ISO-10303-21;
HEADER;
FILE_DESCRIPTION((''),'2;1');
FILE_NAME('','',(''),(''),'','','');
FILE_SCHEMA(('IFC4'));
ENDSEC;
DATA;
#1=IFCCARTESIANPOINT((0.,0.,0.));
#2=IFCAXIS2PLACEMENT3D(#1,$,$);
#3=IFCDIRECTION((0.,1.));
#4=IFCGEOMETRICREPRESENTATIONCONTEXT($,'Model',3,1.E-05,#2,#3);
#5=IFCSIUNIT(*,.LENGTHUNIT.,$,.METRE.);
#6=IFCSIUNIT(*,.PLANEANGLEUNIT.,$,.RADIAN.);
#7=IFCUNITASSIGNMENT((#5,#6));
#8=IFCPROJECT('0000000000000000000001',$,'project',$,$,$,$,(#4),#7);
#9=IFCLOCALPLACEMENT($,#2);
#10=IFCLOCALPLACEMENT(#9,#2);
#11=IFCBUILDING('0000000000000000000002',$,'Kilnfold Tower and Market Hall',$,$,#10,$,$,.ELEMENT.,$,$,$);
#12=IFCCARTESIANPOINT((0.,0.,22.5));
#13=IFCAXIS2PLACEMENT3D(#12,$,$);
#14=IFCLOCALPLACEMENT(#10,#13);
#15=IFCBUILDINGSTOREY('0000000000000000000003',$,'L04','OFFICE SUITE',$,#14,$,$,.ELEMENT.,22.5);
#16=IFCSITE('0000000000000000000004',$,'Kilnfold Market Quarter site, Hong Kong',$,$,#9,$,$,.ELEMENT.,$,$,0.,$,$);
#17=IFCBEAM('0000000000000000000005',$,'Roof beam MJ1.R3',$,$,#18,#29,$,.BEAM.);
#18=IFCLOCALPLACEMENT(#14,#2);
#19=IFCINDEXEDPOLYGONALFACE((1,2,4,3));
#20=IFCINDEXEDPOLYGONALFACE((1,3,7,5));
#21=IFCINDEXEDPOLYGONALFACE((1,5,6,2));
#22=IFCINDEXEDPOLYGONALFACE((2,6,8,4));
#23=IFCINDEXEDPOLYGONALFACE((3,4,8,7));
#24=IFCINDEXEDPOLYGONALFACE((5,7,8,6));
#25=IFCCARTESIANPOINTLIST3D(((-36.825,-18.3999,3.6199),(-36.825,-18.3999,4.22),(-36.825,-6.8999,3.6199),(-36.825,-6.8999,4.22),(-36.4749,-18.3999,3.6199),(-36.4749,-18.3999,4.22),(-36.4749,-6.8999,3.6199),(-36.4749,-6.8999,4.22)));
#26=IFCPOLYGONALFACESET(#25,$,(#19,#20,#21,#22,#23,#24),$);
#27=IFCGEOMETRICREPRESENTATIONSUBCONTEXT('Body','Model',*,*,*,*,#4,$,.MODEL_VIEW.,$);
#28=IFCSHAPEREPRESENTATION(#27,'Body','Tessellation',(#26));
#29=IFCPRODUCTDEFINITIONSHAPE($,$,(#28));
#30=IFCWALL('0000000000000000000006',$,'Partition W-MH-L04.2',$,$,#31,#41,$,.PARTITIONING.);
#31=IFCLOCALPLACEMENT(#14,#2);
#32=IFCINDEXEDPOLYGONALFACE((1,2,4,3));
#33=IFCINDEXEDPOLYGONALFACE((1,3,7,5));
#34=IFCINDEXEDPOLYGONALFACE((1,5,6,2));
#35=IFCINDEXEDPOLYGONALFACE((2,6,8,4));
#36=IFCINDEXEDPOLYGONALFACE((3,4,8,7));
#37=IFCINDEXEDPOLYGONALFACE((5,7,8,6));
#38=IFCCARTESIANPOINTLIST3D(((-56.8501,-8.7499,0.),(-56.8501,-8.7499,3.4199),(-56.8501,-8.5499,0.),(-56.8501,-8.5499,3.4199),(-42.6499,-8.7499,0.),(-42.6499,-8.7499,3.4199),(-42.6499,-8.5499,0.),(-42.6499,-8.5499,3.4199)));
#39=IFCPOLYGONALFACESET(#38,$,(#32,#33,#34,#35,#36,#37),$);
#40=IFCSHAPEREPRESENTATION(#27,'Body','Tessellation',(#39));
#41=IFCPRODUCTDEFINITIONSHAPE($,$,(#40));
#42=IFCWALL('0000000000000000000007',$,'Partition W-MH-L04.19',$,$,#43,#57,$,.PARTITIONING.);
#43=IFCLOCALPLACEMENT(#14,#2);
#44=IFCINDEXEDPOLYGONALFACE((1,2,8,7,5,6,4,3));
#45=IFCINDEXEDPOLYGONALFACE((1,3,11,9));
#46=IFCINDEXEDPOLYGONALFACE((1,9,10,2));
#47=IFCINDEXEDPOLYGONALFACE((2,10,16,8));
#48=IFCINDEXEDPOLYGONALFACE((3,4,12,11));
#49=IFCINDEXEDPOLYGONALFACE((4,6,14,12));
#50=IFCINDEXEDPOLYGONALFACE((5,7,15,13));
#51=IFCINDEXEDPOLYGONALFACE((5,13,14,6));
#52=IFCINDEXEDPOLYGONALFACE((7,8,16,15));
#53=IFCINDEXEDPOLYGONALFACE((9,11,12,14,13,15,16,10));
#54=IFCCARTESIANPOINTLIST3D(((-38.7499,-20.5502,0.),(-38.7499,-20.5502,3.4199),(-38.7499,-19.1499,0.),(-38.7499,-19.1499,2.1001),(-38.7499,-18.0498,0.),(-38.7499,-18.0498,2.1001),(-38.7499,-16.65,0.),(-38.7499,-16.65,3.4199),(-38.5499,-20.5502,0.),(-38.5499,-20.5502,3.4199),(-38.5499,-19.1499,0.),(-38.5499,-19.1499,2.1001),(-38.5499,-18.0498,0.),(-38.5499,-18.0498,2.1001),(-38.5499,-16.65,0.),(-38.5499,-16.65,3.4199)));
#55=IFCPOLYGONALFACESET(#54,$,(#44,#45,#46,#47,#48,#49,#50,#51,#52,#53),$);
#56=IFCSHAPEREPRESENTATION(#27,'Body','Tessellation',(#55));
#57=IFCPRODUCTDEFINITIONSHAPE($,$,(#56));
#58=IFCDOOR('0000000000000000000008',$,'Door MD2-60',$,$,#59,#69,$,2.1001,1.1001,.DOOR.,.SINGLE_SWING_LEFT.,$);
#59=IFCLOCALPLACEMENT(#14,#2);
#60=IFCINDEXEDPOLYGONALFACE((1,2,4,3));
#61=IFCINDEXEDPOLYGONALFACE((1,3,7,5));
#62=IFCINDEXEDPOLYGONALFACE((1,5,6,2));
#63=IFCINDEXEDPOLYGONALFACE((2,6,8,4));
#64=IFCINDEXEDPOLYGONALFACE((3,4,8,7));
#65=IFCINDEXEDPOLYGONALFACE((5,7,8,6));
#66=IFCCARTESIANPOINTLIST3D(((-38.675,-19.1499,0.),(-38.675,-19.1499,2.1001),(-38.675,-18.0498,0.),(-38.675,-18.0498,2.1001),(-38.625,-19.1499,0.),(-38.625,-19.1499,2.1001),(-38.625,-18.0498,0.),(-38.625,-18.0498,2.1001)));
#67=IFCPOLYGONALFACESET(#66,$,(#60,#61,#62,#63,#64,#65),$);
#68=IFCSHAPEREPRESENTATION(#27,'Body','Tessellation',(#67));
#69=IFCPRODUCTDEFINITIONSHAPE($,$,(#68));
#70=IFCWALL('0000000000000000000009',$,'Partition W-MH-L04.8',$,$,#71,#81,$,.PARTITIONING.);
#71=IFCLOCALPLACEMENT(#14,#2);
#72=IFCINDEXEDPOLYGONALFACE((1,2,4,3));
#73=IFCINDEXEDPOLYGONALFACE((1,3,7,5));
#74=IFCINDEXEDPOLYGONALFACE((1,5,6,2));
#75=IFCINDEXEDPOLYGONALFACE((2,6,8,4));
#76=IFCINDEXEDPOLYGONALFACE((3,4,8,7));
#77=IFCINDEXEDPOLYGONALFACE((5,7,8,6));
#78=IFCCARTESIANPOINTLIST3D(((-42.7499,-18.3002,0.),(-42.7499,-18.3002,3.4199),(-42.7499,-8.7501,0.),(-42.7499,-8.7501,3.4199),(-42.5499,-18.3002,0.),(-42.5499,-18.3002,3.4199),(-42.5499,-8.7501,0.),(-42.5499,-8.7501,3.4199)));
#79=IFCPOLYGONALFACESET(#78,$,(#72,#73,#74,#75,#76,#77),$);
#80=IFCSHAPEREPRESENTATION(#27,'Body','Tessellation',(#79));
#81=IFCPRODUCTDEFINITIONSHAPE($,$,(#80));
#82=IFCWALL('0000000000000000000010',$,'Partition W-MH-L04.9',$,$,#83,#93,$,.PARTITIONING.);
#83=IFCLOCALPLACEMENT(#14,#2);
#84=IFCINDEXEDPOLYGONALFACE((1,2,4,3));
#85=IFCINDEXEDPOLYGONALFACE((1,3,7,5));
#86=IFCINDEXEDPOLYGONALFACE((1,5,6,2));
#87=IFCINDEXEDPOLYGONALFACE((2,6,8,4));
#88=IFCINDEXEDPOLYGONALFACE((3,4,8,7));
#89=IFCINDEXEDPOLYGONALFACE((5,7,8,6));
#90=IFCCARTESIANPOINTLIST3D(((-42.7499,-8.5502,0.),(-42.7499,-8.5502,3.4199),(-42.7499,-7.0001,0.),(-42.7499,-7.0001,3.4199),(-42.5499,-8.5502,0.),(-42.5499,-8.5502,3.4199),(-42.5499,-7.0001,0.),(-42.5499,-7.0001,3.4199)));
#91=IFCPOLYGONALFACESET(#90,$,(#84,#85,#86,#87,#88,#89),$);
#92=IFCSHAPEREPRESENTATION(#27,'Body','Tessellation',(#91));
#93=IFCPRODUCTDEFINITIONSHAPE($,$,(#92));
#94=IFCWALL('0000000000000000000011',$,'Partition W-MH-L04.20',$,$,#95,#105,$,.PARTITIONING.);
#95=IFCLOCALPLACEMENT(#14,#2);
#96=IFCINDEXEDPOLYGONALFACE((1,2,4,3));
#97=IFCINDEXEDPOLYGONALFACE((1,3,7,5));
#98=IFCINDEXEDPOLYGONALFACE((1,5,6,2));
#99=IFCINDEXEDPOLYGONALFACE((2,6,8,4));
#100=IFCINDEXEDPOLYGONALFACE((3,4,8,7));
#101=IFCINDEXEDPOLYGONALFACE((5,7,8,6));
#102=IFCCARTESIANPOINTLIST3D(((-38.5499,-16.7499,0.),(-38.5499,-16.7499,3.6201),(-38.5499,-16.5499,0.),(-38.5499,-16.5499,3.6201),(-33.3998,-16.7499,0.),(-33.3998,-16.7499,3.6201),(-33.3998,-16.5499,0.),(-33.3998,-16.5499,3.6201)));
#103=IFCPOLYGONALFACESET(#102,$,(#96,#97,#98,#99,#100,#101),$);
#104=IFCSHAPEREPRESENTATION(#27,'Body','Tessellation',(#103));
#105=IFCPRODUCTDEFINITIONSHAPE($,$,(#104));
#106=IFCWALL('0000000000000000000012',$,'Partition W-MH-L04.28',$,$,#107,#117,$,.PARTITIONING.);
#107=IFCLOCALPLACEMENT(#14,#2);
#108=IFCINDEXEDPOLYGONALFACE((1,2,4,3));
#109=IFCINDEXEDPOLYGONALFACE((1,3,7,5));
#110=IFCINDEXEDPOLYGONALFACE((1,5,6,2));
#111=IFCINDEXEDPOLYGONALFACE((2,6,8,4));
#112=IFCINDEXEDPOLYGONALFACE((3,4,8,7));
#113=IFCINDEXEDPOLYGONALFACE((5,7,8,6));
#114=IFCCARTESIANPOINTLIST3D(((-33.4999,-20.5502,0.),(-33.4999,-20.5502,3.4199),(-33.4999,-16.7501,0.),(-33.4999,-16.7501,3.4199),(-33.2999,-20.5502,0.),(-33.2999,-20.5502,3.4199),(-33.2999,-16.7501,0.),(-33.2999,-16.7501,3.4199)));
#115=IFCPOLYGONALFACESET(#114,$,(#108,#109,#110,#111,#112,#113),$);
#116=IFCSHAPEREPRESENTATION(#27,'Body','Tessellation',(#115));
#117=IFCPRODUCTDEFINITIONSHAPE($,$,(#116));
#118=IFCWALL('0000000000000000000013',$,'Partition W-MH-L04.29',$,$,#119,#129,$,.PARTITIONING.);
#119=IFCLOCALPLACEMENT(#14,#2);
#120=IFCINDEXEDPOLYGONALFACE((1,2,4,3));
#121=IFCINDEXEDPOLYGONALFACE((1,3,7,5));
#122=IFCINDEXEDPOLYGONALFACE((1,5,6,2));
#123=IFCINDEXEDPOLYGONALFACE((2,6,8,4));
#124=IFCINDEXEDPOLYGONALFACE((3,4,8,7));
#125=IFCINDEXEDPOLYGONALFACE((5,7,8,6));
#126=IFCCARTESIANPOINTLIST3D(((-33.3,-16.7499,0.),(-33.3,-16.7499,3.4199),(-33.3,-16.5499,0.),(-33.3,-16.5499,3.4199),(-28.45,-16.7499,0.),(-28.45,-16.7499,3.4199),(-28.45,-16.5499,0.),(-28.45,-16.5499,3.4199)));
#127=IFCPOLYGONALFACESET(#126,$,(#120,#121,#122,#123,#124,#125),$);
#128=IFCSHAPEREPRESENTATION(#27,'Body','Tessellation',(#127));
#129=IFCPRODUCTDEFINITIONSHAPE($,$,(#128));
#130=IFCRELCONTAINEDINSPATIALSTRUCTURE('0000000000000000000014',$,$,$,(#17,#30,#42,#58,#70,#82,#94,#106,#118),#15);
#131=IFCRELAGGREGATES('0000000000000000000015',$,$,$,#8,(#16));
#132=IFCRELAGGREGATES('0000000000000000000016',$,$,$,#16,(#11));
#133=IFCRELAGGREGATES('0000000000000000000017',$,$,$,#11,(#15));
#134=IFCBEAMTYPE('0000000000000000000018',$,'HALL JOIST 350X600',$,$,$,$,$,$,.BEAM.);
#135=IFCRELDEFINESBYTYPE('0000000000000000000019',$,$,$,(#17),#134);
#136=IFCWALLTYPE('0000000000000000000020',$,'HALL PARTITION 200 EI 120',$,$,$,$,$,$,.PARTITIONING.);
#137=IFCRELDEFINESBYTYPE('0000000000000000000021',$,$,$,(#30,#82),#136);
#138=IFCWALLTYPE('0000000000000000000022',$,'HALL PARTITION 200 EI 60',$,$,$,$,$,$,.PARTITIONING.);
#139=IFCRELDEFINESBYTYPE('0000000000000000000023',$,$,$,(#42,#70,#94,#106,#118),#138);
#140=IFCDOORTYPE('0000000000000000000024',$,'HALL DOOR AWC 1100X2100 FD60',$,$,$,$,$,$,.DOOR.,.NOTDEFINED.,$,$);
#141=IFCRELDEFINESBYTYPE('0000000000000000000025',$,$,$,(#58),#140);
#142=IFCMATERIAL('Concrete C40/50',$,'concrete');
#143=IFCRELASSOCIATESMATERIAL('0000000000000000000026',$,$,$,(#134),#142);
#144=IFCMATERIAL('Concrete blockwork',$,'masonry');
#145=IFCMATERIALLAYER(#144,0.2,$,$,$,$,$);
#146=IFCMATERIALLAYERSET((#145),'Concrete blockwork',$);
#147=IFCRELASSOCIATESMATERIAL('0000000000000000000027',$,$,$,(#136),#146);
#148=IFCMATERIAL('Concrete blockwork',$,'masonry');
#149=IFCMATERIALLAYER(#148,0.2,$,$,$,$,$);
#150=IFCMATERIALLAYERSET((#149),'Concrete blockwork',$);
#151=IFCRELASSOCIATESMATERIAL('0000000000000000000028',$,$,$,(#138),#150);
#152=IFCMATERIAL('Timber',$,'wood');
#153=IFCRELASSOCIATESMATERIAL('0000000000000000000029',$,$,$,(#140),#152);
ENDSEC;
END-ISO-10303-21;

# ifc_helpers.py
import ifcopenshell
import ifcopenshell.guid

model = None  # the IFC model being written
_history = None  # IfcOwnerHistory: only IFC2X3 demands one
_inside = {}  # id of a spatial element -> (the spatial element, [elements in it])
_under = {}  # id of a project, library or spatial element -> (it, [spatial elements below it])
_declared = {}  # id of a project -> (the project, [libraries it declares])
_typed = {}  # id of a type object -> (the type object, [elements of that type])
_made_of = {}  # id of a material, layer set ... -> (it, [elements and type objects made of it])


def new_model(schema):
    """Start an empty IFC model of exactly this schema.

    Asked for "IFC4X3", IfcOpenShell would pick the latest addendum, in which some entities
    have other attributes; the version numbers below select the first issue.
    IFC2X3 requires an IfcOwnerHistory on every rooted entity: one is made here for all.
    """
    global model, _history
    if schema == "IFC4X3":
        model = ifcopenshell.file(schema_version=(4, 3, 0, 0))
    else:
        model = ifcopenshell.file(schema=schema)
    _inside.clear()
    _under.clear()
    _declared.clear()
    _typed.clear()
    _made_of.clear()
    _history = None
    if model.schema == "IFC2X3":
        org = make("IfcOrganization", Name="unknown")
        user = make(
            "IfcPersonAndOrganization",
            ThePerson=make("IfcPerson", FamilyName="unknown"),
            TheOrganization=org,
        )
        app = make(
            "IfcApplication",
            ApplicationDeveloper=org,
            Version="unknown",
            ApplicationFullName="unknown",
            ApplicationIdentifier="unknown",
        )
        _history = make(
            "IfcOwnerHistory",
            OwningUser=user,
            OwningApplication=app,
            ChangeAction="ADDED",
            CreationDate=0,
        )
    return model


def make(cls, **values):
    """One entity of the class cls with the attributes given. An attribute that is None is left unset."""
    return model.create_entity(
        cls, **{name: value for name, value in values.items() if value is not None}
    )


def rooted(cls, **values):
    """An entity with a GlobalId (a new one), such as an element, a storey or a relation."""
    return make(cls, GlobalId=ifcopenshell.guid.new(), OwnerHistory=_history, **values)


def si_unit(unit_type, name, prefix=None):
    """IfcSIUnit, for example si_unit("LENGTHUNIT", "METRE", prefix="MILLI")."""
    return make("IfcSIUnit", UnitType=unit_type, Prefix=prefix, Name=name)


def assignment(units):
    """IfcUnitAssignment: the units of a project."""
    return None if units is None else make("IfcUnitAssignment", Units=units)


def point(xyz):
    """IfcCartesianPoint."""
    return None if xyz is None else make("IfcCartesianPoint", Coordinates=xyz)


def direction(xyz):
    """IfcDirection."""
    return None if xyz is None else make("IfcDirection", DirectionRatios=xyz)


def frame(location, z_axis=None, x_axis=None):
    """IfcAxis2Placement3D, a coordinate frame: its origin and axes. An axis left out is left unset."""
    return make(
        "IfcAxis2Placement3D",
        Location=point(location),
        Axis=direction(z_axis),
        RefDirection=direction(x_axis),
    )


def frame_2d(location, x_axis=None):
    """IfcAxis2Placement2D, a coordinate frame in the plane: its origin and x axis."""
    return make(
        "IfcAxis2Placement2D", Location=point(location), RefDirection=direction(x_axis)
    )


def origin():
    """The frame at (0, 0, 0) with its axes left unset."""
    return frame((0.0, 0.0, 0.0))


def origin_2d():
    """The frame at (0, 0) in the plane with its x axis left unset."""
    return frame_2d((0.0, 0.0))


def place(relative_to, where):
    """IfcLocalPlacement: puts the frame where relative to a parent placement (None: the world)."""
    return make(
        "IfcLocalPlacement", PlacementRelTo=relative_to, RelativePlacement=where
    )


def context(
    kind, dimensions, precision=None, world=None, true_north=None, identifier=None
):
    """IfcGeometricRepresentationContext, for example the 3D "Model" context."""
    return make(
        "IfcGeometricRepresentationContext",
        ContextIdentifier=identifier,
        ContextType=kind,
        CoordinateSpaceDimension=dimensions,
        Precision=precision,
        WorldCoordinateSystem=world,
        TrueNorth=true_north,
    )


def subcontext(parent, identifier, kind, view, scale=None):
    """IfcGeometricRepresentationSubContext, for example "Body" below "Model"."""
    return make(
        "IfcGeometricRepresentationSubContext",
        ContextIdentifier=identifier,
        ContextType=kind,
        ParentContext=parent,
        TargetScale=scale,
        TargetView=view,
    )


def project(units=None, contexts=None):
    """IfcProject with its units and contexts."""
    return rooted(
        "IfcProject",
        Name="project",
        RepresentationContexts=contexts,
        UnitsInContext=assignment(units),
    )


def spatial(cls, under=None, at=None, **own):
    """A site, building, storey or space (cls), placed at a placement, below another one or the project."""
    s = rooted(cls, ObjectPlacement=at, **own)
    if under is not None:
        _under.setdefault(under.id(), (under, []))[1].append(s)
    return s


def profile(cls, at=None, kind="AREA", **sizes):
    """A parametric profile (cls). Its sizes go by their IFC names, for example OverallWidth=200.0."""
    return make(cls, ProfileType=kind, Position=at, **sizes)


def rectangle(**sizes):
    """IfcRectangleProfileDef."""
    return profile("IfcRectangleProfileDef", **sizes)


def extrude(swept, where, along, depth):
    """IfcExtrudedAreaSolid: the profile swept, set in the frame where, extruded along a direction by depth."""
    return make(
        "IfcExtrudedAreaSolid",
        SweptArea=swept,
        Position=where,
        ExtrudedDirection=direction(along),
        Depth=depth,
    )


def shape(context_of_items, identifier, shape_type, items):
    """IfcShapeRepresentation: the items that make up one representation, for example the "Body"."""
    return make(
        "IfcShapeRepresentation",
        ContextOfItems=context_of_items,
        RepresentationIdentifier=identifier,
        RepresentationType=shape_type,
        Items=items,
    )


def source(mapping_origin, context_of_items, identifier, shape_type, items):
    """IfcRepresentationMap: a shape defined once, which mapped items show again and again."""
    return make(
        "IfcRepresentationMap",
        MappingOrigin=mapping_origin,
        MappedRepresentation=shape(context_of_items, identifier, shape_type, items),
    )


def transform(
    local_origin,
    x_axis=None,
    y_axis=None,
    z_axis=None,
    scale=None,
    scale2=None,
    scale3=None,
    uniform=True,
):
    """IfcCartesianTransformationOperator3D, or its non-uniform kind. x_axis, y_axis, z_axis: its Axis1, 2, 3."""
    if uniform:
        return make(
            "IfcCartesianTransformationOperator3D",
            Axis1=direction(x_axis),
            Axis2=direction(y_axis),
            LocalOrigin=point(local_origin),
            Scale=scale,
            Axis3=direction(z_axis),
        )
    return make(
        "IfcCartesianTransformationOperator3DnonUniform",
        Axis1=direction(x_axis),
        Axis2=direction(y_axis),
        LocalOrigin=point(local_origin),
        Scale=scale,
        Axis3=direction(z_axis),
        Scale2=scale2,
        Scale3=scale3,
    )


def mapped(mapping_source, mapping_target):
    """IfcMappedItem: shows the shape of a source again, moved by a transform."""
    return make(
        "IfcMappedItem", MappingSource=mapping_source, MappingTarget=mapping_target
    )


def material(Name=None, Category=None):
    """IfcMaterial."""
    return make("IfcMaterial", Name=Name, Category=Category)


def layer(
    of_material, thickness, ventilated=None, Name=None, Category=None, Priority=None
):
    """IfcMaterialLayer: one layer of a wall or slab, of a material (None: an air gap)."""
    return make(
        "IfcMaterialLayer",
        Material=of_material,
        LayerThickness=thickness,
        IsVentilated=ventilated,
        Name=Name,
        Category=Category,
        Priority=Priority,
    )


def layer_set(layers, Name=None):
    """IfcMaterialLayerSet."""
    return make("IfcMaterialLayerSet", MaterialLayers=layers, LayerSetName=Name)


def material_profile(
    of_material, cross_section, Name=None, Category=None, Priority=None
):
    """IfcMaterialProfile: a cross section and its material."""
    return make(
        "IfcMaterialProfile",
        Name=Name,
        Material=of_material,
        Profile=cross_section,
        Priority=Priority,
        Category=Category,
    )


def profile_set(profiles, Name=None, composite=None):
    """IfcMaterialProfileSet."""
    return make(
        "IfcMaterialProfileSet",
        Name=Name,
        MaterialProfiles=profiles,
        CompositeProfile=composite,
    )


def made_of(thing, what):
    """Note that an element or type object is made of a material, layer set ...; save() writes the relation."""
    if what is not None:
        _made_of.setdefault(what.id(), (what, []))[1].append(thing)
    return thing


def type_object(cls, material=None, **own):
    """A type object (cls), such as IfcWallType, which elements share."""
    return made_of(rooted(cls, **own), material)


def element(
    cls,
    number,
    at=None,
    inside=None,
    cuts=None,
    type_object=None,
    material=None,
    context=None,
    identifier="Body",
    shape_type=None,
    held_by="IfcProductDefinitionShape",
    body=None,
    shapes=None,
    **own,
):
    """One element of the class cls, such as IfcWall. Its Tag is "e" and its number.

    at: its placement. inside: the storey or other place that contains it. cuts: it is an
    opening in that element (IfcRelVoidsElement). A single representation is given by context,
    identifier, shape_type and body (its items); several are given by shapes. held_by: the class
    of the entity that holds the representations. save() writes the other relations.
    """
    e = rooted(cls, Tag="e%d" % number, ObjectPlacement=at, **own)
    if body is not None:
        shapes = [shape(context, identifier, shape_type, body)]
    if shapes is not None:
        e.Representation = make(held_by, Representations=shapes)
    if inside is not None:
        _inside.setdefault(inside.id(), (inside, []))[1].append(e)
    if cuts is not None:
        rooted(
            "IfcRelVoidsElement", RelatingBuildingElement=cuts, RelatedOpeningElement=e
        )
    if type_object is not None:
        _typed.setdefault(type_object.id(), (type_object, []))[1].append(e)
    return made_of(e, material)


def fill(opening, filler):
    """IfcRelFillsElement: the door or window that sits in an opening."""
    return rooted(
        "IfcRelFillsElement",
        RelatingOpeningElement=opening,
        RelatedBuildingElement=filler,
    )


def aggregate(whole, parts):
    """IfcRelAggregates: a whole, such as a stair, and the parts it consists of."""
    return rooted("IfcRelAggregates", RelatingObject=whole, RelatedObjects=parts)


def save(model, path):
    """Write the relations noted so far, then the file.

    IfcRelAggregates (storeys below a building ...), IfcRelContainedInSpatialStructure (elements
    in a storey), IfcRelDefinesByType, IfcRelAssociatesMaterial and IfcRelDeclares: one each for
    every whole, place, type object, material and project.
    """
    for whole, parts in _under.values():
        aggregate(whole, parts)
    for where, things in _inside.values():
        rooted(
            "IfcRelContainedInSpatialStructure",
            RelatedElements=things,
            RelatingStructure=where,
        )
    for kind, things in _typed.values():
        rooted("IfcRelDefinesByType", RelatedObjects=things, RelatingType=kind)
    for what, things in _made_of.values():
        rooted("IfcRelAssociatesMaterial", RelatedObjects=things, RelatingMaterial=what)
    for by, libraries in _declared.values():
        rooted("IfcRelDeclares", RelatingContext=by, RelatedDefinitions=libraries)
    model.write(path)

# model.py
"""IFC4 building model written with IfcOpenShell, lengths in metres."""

from ifc_helpers import new_model, si_unit, direction, frame, frame_2d, origin, origin_2d, place, context, subcontext, project, spatial, rectangle, extrude, source, transform, mapped, material, layer, layer_set, material_profile, profile_set, type_object, element, fill, save


model = new_model("IFC4")

# Units and contexts
model_context = context("Model", 3, precision=1e-05, world=origin(), true_north=direction((0.0, 1.0)))
body_context = subcontext(model_context, "Body", "Model", "MODEL_VIEW")
ifc_project = project(units=[si_unit("LENGTHUNIT", "METRE"), si_unit("PLANEANGLEUNIT", "RADIAN")], contexts=[model_context])

# Site, building, storey
site_placement = place(None, origin())
site = spatial("IfcSite", under=ifc_project, at=site_placement, Name="Kilnfold Market Quarter site, Hong Kong", CompositionType="ELEMENT", RefElevation=0.0)
building_placement = place(site_placement, origin())
building = spatial("IfcBuilding", under=site, at=building_placement, Name="Kilnfold Tower and Market Hall", CompositionType="ELEMENT")
storey_placement = place(building_placement, frame((0.0, 0.0, 22.5)))
storey = spatial("IfcBuildingStorey", under=building, at=storey_placement, Name="L04", Description="OFFICE SUITE", CompositionType="ELEMENT", Elevation=22.5)

# Beam
ifc_material_1 = material(Name="Concrete C40/50", Category="concrete")
ifc_material_profile_1 = material_profile(ifc_material_1, rectangle(XDim=0.3501, YDim=0.6001, at=origin_2d()), Name="RC 350x600")
ifc_profile_set_1 = profile_set([ifc_material_profile_1], Name="Concrete C40/50")
beam_type_1 = type_object("IfcBeamType", Name="HALL JOIST 350X600", PredefinedType="BEAM", material=ifc_profile_set_1)
for number, where, z_axis, x_axis, name in (
    (1, (-36.6499, -18.3999, 3.9199), (0.0, 1.0, 0.0), (-1.0, 0.0, 0.0), "Roof beam MJ1.R3"),
):
    element("IfcBeam", number, at=place(storey_placement, frame(where, z_axis=z_axis, x_axis=x_axis)), inside=storey, type_object=beam_type_1, Name=name, PredefinedType="BEAM", context=body_context, shape_type="SweptSolid", body=[
        extrude(rectangle(XDim=0.3501, YDim=0.6001, at=origin_2d()), origin(), (0.0, 0.0, 1.0), 11.5),
    ])

# Wall
ifc_material_2 = material(Name="Concrete blockwork", Category="masonry")
ifc_layer_1 = layer(ifc_material_2, 0.2)
ifc_layer_set_1 = layer_set([ifc_layer_1], Name="Concrete blockwork")
wall_type_1 = type_object("IfcWallType", Name="HALL PARTITION 200 EI 120", PredefinedType="PARTITIONING", material=ifc_layer_set_1)
shared_shape_1 = source(origin(), body_context, "Body", "SweptSolid", [
    extrude(rectangle(XDim=14.2002, YDim=0.2, at=frame_2d((7.1001, 0.0))), origin(), (0.0, 0.0, 1.0), 3.4199),
])
wall_1_placement = place(storey_placement, frame((-56.8501, -8.6499, 0.0), z_axis=(0.0, 0.0, 1.0), x_axis=(1.0, 0.0, 0.0)))
element("IfcWall", 2, at=wall_1_placement, inside=storey, type_object=wall_type_1, Name="Partition W-MH-L04.2", PredefinedType="PARTITIONING", context=body_context, shape_type="MappedRepresentation", body=[
    mapped(shared_shape_1, transform((0.0, 0.0, 0.0))),
])

# Wall, opening, door
ifc_material_3 = material(Name="Concrete blockwork", Category="masonry")
ifc_layer_2 = layer(ifc_material_3, 0.2)
ifc_layer_set_2 = layer_set([ifc_layer_2], Name="Concrete blockwork")
wall_type_2 = type_object("IfcWallType", Name="HALL PARTITION 200 EI 60", PredefinedType="PARTITIONING", material=ifc_layer_set_2)
shared_shape_2 = source(origin(), body_context, "Body", "SweptSolid", [
    extrude(rectangle(XDim=3.9001, YDim=0.2, at=frame_2d((1.9502, 0.0))), origin(), (0.0, 0.0, 1.0), 3.4199),
])
wall_2_placement = place(storey_placement, frame((-38.6499, -16.6499, 0.0), z_axis=(0.0, 0.0, 1.0), x_axis=(0.0, -1.0, 0.0)))
wall_2 = element("IfcWall", 3, at=wall_2_placement, inside=storey, type_object=wall_type_2, Name="Partition W-MH-L04.19", PredefinedType="PARTITIONING", context=body_context, shape_type="MappedRepresentation", body=[
    mapped(shared_shape_2, transform((0.0, 0.0, 0.0))),
])
opening_placement = place(wall_2_placement, frame((1.3999, 0.0, 0.0)))
opening = element("IfcOpeningElement", 4, at=opening_placement, cuts=wall_2, PredefinedType="OPENING", context=body_context, shape_type="SweptSolid", body=[
    extrude(rectangle(XDim=1.1001, YDim=2.1001, at=frame_2d((0.55, 1.05))), frame((0.0, 0.1099, 0.0), z_axis=(0.0, -1.0, 0.0), x_axis=(1.0, 0.0, 0.0)), (0.0, 0.0, 1.0), 0.22),
])
ifc_material_4 = material(Name="Timber", Category="wood")
door_type = type_object("IfcDoorType", Name="HALL DOOR AWC 1100X2100 FD60", OperationType="NOTDEFINED", PredefinedType="DOOR", material=ifc_material_4)
door_placement = place(opening_placement, origin())
door = element("IfcDoor", 5, at=door_placement, inside=storey, type_object=door_type, Name="Door MD2-60", OperationType="SINGLE_SWING_LEFT", OverallHeight=2.1001, OverallWidth=1.1001, PredefinedType="DOOR", context=body_context, shape_type="SweptSolid", body=[
    extrude(rectangle(XDim=1.1001, YDim=2.1001, at=frame_2d((0.55, 1.05))), frame((0.0, 0.0249, 0.0), z_axis=(0.0, -1.0, 0.0), x_axis=(1.0, 0.0, 0.0)), (0.0, 0.0, 1.0), 0.05),
])
fill(opening, door)

# Walls
shared_shape_3 = source(origin(), body_context, "Body", "SweptSolid", [
    extrude(rectangle(XDim=9.55, YDim=0.2, at=frame_2d((4.7749, 0.0))), origin(), (0.0, 0.0, 1.0), 3.4199),
])
wall_3_placement = place(storey_placement, frame((-42.6499, -18.3, 0.0), z_axis=(0.0, 0.0, 1.0), x_axis=(0.0, 1.0, 0.0)))
element("IfcWall", 6, at=wall_3_placement, inside=storey, type_object=wall_type_2, Name="Partition W-MH-L04.8", PredefinedType="PARTITIONING", context=body_context, shape_type="MappedRepresentation", body=[
    mapped(shared_shape_3, transform((0.0, 0.0, 0.0))),
])
shared_shape_4 = source(origin(), body_context, "Body", "SweptSolid", [
    extrude(rectangle(XDim=1.55, YDim=0.2, at=frame_2d((0.7749, 0.0))), origin(), (0.0, 0.0, 1.0), 3.4199),
])
wall_4_placement = place(storey_placement, frame((-42.6499, -8.55, 0.0), z_axis=(0.0, 0.0, 1.0), x_axis=(0.0, 1.0, 0.0)))
element("IfcWall", 7, at=wall_4_placement, inside=storey, type_object=wall_type_1, Name="Partition W-MH-L04.9", PredefinedType="PARTITIONING", context=body_context, shape_type="MappedRepresentation", body=[
    mapped(shared_shape_4, transform((0.0, 0.0, 0.0))),
])
shared_shape_5 = source(origin(), body_context, "Body", "SweptSolid", [
    extrude(rectangle(XDim=5.1501, YDim=0.2, at=frame_2d((2.5752, 0.0))), origin(), (0.0, 0.0, 1.0), 3.6201),
])
wall_5_placement = place(storey_placement, frame((-38.55, -16.6499, 0.0), z_axis=(0.0, 0.0, 1.0), x_axis=(1.0, 0.0, 0.0)))
element("IfcWall", 8, at=wall_5_placement, inside=storey, type_object=wall_type_2, Name="Partition W-MH-L04.20", PredefinedType="PARTITIONING", context=body_context, shape_type="MappedRepresentation", body=[
    mapped(shared_shape_5, transform((0.0, 0.0, 0.0))),
])
shared_shape_6 = source(origin(), body_context, "Body", "SweptSolid", [
    extrude(rectangle(XDim=3.8, YDim=0.2, at=frame_2d((1.8999, 0.0))), origin(), (0.0, 0.0, 1.0), 3.4199),
])
wall_6_placement = place(storey_placement, frame((-33.3999, -20.55, 0.0), z_axis=(0.0, 0.0, 1.0), x_axis=(0.0, 1.0, 0.0)))
element("IfcWall", 9, at=wall_6_placement, inside=storey, type_object=wall_type_2, Name="Partition W-MH-L04.28", PredefinedType="PARTITIONING", context=body_context, shape_type="MappedRepresentation", body=[
    mapped(shared_shape_6, transform((0.0, 0.0, 0.0))),
])
shared_shape_7 = source(origin(), body_context, "Body", "SweptSolid", [
    extrude(rectangle(XDim=4.8501, YDim=0.2, at=frame_2d((2.425, 0.0))), origin(), (0.0, 0.0, 1.0), 3.4199),
])
wall_7_placement = place(storey_placement, frame((-33.3, -16.6499, 0.0), z_axis=(0.0, 0.0, 1.0), x_axis=(1.0, 0.0, 0.0)))
element("IfcWall", 10, at=wall_7_placement, inside=storey, type_object=wall_type_2, Name="Partition W-MH-L04.29", PredefinedType="PARTITIONING", context=body_context, shape_type="MappedRepresentation", body=[
    mapped(shared_shape_7, transform((0.0, 0.0, 0.0))),
])

save(model, "model.ifc")
